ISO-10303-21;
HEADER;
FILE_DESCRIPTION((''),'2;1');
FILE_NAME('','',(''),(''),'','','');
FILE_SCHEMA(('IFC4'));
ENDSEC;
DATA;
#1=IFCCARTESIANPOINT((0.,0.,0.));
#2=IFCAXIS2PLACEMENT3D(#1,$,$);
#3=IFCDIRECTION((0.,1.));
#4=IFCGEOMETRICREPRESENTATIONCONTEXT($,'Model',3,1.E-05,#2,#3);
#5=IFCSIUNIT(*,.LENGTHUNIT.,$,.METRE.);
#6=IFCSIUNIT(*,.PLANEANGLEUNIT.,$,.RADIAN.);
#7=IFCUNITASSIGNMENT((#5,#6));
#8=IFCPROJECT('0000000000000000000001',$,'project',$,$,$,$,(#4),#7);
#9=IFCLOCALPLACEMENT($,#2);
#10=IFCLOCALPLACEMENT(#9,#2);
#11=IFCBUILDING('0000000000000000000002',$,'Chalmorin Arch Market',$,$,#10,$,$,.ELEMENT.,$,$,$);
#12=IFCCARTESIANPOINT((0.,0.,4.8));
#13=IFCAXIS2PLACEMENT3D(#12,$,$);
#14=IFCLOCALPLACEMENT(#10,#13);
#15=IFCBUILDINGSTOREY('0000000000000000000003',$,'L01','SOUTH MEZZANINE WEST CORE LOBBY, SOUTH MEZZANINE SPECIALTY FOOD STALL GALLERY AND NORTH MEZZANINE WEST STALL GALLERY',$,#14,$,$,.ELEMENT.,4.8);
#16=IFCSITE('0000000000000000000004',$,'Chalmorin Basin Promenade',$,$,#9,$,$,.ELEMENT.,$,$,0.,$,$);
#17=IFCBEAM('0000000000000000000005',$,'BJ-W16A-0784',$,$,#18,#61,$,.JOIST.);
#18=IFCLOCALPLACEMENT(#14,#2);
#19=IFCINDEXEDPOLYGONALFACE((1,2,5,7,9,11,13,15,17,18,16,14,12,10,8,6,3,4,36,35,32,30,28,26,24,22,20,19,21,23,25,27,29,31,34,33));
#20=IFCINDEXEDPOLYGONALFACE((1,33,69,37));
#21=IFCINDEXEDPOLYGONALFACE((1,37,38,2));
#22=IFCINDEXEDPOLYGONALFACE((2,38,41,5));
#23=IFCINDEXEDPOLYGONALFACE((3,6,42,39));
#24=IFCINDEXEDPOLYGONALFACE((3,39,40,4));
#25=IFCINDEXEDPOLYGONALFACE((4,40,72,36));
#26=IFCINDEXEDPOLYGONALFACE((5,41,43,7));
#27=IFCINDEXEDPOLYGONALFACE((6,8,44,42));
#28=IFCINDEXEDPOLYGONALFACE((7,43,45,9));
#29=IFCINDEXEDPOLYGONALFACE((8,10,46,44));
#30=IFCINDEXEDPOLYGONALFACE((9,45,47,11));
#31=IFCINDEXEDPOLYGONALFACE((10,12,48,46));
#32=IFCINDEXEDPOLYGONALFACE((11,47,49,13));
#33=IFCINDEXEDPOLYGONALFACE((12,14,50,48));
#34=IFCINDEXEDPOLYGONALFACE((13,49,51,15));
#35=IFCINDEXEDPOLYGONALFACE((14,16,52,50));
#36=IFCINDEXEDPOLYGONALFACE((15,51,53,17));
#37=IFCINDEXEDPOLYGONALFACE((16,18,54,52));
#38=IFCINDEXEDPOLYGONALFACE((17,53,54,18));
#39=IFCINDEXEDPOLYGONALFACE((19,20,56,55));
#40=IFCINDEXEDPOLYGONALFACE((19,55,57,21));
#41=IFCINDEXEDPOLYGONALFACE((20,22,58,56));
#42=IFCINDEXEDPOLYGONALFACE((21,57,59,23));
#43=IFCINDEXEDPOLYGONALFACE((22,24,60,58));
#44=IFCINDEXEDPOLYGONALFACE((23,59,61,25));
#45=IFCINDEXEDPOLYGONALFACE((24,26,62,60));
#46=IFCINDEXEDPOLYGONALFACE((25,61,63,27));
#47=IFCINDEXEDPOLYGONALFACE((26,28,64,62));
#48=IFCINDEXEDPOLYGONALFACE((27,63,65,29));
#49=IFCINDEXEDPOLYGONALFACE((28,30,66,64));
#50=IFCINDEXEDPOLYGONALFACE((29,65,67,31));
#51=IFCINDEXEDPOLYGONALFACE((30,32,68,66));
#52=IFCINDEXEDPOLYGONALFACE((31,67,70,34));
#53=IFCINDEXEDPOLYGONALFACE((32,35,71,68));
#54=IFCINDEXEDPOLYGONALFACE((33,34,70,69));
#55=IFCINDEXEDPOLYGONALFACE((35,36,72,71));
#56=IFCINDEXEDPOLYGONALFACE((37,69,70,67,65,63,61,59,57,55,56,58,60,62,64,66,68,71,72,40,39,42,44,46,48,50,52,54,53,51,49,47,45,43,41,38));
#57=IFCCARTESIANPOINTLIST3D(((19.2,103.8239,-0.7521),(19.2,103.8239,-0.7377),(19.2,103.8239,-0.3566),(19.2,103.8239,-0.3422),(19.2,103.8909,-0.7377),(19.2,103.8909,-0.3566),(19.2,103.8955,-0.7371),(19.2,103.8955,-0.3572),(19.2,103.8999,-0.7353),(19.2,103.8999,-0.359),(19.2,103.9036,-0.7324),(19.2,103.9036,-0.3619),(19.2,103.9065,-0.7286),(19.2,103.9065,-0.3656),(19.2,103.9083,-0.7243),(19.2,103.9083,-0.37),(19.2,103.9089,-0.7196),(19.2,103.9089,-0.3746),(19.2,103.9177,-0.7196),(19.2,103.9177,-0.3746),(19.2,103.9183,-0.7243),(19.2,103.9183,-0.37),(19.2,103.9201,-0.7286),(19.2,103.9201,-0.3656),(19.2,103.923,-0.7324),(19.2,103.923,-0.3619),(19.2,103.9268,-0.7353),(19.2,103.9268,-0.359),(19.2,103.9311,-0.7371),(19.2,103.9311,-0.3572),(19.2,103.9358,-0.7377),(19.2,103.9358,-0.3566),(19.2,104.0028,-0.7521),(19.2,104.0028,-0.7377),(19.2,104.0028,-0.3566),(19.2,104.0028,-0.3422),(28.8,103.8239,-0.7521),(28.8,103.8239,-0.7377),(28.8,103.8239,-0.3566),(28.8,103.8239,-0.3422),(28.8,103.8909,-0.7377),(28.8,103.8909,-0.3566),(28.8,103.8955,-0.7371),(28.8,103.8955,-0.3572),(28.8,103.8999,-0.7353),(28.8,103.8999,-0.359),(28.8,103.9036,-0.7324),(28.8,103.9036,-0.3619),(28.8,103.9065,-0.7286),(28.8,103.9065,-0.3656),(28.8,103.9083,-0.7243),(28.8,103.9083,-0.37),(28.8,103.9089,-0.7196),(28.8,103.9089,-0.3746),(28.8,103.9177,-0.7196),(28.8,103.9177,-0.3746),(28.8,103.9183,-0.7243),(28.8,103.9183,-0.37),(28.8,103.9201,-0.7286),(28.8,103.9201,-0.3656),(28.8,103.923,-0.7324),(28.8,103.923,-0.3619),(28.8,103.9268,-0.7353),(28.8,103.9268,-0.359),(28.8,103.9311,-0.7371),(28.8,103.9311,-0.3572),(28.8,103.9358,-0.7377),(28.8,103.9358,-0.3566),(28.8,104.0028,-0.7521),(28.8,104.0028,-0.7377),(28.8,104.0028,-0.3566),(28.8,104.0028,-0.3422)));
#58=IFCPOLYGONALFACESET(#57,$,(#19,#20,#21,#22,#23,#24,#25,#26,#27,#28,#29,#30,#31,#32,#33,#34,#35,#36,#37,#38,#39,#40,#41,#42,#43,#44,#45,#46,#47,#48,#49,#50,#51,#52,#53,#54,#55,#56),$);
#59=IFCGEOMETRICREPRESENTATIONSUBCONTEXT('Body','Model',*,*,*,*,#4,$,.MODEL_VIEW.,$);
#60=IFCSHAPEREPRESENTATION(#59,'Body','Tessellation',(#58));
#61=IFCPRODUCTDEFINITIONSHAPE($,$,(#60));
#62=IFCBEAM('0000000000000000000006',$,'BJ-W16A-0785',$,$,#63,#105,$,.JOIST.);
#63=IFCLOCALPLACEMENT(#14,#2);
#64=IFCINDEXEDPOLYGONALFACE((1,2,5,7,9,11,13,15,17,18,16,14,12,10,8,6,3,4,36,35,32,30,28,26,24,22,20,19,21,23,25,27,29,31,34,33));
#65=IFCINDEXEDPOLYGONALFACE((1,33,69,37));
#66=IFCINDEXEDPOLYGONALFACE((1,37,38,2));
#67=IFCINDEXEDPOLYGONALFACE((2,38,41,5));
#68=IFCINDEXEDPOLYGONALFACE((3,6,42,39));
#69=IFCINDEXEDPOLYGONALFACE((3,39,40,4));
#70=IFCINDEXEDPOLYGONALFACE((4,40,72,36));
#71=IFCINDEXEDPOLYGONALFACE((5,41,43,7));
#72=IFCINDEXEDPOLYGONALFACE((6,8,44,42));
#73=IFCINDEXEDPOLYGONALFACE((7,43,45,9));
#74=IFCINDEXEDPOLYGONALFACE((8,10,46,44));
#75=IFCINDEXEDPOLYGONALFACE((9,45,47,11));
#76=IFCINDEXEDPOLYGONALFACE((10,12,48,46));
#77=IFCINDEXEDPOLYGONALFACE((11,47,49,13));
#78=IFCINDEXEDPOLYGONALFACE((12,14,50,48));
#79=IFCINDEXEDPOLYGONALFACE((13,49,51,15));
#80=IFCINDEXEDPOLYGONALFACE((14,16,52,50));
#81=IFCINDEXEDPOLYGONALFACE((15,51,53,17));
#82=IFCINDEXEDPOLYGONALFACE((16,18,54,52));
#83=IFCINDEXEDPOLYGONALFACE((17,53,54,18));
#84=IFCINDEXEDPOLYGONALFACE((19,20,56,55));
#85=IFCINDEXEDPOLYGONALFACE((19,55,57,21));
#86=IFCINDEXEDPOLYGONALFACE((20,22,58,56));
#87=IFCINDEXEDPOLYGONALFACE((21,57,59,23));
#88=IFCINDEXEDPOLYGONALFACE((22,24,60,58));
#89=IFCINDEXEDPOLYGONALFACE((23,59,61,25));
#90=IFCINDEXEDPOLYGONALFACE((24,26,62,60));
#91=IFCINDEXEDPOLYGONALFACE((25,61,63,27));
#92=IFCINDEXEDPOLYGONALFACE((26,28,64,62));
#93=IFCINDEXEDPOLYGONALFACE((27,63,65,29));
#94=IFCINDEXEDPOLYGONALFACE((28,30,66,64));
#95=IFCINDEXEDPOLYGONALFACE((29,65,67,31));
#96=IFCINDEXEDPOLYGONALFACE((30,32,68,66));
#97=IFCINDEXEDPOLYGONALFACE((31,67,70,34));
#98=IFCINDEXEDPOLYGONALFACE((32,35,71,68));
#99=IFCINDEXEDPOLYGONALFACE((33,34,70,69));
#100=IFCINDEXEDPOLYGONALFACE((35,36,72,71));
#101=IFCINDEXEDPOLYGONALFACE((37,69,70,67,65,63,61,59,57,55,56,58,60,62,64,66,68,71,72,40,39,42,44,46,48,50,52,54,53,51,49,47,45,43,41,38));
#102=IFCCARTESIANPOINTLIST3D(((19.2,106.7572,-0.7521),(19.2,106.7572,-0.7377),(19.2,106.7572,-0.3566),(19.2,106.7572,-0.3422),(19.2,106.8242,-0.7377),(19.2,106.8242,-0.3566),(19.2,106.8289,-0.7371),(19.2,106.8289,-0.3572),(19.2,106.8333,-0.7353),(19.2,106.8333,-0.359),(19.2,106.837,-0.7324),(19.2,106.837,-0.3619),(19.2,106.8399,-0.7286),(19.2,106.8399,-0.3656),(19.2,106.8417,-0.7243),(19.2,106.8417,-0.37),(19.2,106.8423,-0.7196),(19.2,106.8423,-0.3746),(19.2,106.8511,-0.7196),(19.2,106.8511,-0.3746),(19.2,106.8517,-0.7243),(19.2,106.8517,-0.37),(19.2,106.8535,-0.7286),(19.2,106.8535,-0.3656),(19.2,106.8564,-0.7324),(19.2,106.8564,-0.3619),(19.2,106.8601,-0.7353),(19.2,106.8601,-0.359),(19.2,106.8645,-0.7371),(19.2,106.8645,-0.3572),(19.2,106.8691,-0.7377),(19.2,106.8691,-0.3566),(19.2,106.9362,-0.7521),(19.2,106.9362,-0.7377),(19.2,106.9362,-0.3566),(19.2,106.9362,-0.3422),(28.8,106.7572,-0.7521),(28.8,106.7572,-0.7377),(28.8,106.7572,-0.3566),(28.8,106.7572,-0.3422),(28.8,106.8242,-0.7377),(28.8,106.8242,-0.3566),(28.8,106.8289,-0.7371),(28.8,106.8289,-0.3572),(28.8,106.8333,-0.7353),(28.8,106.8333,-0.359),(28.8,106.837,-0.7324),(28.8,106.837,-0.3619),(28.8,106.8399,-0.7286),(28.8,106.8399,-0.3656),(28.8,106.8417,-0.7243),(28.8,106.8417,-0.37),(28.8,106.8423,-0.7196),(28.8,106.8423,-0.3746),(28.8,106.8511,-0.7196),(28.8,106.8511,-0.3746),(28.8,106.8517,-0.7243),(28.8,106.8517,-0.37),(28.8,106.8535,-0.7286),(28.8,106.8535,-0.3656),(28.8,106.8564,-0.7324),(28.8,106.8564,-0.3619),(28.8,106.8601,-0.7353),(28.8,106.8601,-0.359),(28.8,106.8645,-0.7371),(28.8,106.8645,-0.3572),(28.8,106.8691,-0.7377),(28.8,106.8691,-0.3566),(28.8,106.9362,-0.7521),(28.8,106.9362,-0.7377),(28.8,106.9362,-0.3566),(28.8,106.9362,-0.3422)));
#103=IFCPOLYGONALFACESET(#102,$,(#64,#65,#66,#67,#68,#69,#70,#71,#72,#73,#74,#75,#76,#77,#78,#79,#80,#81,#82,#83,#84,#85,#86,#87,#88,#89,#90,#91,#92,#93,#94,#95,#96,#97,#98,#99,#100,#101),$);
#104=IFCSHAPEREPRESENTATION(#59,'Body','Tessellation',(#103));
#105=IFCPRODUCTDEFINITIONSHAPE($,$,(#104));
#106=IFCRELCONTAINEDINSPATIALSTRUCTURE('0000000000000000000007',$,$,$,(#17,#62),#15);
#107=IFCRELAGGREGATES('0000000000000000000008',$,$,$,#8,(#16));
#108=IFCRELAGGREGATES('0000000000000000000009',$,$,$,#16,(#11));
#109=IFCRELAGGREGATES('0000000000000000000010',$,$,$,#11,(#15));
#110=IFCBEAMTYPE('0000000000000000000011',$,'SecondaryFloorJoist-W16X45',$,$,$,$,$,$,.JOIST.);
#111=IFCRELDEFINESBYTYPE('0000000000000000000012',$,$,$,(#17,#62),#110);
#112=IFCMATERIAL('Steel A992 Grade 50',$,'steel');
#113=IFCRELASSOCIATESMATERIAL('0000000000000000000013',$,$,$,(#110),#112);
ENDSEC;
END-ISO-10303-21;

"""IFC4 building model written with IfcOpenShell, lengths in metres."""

from ifc_helpers import new_model, si_unit, direction, frame, origin, origin_2d, place, context, subcontext, project, spatial, i_section, extrude, material, material_profile, profile_set, type_object, element, save


model = new_model("IFC4")

# Units and contexts
model_context = context("Model", 3, precision=1e-05, world=origin(), true_north=direction((0.0, 1.0)))
body_context = subcontext(model_context, "Body", "Model", "MODEL_VIEW")
ifc_project = project(units=[si_unit("LENGTHUNIT", "METRE"), si_unit("PLANEANGLEUNIT", "RADIAN")], contexts=[model_context])

# Site, building, storey
site_placement = place(None, origin())
site = spatial("IfcSite", under=ifc_project, at=site_placement, Name="Chalmorin Basin Promenade", CompositionType="ELEMENT", RefElevation=0.0)
building_placement = place(site_placement, origin())
building = spatial("IfcBuilding", under=site, at=building_placement, Name="Chalmorin Arch Market", CompositionType="ELEMENT")
storey_placement = place(building_placement, frame((0.0, 0.0, 4.8)))
storey = spatial("IfcBuildingStorey", under=building, at=storey_placement, Name="L01", Description="SOUTH MEZZANINE WEST CORE LOBBY, SOUTH MEZZANINE SPECIALTY FOOD STALL GALLERY AND NORTH MEZZANINE WEST STALL GALLERY", CompositionType="ELEMENT", Elevation=4.8)

# Beams
ifc_material = material(Name="Steel A992 Grade 50", Category="steel")
ifc_material_profile_1 = material_profile(ifc_material, i_section(OverallWidth=0.179, OverallDepth=0.4099, WebThickness=0.0088, FlangeThickness=0.0144, FilletRadius=0.0181, at=origin_2d()), Name="W16X45")
ifc_profile_set_1 = profile_set([ifc_material_profile_1], Name="Steel A992 Grade 50")
beam_type_1 = type_object("IfcBeamType", Name="SecondaryFloorJoist-W16X45", PredefinedType="JOIST", material=ifc_profile_set_1)
for number, where, z_axis, x_axis, name in (
    (1, (19.2, 103.9133, -0.5471), (1.0, 0.0, 0.0), (0.0, 1.0, 0.0), "BJ-W16A-0784"),
    (2, (19.2, 106.8467, -0.5471), (1.0, 0.0, 0.0), (0.0, 1.0, 0.0), "BJ-W16A-0785"),
):
    element("IfcBeam", number, at=place(storey_placement, frame(where, z_axis=z_axis, x_axis=x_axis)), inside=storey, type_object=beam_type_1, Name=name, PredefinedType="JOIST", context=body_context, shape_type="SweptSolid", body=[
        extrude(i_section(OverallWidth=0.179, OverallDepth=0.4099, WebThickness=0.0088, FlangeThickness=0.0144, FilletRadius=0.0181, at=origin_2d()), origin(), (0.0, 0.0, 1.0), 9.6001),
    ])

save(model, "model.ifc")
